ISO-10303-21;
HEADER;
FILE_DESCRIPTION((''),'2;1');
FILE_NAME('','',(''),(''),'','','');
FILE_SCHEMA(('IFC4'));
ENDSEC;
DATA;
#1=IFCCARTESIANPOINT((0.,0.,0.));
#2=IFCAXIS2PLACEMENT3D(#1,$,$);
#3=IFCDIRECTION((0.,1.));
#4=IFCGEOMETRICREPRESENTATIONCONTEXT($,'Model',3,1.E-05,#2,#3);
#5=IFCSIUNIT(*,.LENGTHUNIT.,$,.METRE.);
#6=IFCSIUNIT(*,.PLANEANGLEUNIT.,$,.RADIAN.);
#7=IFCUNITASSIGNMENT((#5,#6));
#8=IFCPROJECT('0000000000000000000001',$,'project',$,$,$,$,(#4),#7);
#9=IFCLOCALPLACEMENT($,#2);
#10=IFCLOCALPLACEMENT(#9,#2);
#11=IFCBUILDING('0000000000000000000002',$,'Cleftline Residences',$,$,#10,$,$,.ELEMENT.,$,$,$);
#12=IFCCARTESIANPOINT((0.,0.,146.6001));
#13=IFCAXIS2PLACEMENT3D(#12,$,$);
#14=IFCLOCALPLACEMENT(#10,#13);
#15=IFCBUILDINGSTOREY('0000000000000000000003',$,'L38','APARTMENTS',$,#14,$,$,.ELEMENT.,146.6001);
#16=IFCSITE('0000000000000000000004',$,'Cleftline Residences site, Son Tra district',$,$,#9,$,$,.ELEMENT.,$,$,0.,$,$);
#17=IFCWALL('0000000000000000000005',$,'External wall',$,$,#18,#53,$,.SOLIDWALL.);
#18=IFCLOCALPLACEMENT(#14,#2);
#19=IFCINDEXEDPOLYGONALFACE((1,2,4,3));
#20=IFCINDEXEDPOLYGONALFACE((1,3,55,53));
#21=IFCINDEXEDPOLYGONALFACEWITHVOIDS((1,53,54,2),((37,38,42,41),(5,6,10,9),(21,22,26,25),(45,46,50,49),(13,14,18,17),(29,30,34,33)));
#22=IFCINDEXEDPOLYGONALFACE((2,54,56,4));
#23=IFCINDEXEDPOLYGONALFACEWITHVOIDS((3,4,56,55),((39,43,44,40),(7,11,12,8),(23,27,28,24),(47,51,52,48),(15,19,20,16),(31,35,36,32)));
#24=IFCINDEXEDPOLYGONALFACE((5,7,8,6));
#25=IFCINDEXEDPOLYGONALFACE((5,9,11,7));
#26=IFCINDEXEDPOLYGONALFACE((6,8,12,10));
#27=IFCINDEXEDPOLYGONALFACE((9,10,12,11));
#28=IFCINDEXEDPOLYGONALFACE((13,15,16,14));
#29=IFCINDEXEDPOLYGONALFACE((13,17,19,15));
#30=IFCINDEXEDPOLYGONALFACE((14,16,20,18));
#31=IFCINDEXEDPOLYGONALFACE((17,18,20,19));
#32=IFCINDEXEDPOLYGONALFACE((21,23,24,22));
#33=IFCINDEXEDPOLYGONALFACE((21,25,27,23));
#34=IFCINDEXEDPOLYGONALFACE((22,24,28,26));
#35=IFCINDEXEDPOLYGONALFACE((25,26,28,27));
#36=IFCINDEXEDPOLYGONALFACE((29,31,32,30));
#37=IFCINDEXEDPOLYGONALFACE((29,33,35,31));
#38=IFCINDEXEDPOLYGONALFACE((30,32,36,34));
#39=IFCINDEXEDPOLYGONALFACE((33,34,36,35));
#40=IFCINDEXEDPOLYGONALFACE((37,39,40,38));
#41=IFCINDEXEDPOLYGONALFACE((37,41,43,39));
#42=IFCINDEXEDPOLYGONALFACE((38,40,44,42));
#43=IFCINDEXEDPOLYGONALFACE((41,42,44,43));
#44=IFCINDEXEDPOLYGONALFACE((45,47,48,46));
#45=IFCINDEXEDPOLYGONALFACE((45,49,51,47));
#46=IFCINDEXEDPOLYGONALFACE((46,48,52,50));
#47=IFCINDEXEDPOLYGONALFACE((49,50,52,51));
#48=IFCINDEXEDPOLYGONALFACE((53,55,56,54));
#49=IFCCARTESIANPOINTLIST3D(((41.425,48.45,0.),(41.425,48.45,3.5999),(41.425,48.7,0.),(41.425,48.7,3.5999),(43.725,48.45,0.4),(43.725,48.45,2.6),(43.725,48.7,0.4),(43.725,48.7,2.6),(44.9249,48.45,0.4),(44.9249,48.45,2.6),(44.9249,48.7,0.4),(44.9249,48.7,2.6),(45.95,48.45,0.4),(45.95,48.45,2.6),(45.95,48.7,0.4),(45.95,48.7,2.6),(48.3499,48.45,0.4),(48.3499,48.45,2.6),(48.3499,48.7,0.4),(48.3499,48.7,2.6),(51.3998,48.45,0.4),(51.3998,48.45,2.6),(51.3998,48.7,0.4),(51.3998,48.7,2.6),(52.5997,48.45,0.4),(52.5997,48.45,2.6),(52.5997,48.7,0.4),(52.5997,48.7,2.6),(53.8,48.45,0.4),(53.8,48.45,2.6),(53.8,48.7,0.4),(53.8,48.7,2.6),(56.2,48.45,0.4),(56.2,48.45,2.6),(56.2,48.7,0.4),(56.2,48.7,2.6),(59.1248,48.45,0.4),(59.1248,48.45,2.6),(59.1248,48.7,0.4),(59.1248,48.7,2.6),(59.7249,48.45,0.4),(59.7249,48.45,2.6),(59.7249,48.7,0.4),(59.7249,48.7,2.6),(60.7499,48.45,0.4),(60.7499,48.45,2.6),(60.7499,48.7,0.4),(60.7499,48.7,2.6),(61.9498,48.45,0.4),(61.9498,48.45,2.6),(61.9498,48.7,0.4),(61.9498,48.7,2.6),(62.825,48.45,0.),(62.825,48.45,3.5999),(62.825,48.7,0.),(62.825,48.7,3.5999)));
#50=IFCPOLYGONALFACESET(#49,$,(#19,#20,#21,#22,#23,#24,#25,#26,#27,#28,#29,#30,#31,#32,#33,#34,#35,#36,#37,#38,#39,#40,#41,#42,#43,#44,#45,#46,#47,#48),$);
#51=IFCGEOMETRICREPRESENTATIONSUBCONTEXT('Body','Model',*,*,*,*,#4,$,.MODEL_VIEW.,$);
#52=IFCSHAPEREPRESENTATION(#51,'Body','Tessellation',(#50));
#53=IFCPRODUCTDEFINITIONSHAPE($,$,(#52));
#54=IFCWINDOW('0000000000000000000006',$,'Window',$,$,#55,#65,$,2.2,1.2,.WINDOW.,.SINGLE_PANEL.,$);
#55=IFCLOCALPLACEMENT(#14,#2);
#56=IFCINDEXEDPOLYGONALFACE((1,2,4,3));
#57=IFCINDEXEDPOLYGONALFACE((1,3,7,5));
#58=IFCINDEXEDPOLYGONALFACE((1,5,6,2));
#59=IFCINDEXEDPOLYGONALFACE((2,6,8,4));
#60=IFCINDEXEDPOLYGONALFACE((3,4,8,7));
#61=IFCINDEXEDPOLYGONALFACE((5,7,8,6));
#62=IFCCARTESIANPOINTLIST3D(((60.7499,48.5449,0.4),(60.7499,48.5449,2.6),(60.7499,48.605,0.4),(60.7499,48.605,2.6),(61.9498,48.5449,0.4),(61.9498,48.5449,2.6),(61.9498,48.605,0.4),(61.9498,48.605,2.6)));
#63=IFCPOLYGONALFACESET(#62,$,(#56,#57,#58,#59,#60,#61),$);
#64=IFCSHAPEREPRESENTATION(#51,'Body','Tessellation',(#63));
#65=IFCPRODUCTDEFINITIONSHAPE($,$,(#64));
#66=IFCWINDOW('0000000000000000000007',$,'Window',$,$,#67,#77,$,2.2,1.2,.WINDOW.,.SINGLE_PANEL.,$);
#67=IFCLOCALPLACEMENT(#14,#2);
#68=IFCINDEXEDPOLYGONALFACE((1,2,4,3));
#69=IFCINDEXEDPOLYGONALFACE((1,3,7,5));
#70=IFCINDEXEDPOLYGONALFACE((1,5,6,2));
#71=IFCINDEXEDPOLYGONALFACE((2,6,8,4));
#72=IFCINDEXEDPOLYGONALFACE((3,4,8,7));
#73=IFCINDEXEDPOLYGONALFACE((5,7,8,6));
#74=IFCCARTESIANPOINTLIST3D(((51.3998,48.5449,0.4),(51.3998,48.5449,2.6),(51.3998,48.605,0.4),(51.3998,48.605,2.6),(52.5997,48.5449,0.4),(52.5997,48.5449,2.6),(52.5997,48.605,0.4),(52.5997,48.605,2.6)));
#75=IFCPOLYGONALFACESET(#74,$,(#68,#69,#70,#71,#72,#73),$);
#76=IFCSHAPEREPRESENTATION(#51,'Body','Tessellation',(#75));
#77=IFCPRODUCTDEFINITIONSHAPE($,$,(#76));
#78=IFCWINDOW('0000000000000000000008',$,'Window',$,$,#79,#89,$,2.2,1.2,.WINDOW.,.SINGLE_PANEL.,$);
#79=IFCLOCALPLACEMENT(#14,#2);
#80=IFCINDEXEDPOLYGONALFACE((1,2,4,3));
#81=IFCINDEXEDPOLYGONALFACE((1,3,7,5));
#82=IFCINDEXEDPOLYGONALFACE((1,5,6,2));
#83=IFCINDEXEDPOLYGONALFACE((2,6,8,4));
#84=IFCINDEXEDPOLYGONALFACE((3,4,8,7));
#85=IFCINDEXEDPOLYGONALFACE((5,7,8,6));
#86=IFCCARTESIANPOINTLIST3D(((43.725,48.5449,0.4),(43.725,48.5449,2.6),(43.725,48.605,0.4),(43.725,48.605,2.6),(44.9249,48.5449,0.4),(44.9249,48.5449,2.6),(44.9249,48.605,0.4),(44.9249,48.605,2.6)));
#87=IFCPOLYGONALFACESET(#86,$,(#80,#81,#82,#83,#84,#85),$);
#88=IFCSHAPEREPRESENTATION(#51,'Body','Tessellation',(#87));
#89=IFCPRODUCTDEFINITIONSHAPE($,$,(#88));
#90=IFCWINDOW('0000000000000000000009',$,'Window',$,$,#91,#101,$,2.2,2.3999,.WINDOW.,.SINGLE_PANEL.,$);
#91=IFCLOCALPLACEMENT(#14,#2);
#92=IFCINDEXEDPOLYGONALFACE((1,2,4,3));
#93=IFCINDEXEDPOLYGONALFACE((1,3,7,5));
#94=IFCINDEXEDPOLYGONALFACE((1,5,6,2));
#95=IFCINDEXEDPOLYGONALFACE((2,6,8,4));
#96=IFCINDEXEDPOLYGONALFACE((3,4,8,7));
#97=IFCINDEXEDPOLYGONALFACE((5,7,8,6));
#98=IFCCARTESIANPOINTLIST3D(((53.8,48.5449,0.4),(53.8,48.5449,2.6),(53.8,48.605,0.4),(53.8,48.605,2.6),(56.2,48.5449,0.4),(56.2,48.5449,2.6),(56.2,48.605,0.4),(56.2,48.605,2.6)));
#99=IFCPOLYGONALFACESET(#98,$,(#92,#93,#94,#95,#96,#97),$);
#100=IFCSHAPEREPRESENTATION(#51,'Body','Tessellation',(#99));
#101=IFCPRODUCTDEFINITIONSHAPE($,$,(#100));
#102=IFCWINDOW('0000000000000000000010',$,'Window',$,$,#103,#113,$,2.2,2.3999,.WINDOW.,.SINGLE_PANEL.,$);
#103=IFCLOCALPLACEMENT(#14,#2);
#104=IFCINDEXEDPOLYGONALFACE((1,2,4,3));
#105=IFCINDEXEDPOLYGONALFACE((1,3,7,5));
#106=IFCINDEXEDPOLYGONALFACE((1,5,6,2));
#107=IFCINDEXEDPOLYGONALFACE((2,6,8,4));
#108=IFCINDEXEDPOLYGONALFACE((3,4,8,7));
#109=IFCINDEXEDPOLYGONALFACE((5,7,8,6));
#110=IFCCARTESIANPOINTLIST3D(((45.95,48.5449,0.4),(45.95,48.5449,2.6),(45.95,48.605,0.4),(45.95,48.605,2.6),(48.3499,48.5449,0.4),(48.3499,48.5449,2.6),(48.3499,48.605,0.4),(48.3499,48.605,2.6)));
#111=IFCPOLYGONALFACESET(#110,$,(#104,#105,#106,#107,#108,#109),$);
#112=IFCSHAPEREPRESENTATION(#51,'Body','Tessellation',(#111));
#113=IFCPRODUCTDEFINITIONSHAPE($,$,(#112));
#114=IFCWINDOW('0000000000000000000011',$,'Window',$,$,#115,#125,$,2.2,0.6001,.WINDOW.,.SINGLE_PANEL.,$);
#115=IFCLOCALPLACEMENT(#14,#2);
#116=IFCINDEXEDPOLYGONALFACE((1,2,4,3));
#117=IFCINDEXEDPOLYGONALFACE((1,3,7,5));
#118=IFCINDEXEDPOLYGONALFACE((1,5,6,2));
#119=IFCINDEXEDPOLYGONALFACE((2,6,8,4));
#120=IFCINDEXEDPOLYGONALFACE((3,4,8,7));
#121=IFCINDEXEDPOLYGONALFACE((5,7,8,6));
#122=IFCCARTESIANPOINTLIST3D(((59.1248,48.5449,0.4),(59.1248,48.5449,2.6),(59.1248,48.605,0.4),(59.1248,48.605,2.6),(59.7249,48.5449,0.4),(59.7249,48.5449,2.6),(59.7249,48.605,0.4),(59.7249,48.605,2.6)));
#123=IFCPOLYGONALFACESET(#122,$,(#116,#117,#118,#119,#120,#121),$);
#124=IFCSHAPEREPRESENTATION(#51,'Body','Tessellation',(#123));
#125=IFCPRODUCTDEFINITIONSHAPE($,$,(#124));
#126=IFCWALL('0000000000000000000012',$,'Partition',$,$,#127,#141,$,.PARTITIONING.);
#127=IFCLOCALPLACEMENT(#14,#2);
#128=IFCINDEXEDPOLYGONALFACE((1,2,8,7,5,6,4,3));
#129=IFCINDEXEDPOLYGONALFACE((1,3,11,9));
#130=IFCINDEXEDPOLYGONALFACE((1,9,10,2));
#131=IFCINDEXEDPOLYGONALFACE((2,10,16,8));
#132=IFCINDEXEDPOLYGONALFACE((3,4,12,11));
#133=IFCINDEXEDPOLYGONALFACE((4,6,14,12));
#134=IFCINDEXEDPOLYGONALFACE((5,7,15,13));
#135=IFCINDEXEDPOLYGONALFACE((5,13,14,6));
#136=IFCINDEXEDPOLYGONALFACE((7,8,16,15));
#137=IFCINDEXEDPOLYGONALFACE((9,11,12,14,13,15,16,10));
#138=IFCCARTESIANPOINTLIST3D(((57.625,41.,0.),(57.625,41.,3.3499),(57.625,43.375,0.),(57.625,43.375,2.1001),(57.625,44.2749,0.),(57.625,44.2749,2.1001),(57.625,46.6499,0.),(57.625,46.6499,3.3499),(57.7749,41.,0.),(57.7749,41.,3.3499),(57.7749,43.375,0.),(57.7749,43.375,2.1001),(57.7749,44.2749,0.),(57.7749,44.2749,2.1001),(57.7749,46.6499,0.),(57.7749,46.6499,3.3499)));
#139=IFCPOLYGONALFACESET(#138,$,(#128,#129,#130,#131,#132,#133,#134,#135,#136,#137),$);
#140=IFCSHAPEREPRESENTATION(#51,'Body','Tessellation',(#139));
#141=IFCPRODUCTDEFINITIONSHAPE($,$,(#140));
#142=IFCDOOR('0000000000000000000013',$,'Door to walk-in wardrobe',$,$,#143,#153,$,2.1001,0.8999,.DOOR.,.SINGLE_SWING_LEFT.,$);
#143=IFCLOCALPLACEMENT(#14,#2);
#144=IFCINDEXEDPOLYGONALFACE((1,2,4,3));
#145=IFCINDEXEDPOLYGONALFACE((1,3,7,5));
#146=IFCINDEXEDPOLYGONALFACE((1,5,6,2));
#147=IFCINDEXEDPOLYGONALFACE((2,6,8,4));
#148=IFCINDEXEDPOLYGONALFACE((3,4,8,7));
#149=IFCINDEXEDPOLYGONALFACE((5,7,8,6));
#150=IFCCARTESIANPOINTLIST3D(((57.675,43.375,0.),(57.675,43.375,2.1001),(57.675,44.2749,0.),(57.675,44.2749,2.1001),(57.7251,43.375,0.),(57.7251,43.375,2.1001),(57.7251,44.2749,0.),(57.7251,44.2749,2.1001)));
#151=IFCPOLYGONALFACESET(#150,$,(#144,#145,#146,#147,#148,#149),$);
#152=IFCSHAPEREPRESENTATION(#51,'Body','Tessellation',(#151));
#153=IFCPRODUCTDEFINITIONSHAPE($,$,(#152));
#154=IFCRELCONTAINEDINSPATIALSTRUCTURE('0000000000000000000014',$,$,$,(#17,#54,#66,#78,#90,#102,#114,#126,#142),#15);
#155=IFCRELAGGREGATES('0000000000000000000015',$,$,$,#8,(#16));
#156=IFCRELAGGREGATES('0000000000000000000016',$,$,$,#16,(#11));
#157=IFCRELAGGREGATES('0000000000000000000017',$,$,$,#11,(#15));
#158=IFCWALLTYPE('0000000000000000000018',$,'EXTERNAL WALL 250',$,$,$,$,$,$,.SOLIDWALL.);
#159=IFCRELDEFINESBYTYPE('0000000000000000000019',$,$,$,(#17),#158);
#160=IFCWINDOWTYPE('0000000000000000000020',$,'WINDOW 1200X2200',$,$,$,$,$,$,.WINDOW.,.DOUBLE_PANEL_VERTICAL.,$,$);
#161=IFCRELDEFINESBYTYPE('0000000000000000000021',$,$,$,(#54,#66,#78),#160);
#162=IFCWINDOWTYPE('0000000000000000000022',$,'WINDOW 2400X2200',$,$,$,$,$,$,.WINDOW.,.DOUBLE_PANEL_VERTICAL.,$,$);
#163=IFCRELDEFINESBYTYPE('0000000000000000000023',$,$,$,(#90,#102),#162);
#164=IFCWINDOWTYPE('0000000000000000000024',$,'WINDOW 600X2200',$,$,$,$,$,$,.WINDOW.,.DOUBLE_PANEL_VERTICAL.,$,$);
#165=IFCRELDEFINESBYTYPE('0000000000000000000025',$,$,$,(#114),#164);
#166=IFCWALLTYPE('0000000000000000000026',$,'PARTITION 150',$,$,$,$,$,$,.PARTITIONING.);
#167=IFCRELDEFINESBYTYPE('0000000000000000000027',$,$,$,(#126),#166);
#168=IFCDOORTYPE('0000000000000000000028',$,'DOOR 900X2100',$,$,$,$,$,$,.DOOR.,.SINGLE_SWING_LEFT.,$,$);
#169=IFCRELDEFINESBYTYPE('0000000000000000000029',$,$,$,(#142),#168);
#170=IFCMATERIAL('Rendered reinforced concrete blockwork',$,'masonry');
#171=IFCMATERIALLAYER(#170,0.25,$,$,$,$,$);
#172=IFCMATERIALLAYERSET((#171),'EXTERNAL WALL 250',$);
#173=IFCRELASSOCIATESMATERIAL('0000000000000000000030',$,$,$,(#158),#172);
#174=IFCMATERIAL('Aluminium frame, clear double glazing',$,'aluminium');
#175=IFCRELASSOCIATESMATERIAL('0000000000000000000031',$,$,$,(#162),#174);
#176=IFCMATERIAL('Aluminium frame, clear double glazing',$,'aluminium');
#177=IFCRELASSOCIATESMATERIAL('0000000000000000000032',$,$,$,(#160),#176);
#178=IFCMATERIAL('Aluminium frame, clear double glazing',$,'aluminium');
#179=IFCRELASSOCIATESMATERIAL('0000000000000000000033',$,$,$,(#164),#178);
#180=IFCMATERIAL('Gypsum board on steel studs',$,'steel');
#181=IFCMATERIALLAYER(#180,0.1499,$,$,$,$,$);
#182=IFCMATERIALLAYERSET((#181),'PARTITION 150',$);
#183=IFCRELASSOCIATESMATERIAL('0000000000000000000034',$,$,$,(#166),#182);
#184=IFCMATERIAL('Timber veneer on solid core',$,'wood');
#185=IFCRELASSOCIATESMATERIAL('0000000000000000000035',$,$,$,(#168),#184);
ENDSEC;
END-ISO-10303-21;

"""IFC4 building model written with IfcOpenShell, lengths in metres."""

from ifc_helpers import new_model, si_unit, direction, frame, frame_2d, origin, place, context, subcontext, project, spatial, rectangle, extrude, material, layer, layer_set, type_object, element, fill, save


model = new_model("IFC4")

# Units and contexts
model_context = context("Model", 3, precision=1e-05, world=origin(), true_north=direction((0.0, 1.0)))
body_context = subcontext(model_context, "Body", "Model", "MODEL_VIEW")
ifc_project = project(units=[si_unit("LENGTHUNIT", "METRE"), si_unit("PLANEANGLEUNIT", "RADIAN")], contexts=[model_context])

# Site, building, storey
site_placement = place(None, origin())
site = spatial("IfcSite", under=ifc_project, at=site_placement, Name="Cleftline Residences site, Son Tra district", CompositionType="ELEMENT", RefElevation=0.0)
building_placement = place(site_placement, origin())
building = spatial("IfcBuilding", under=site, at=building_placement, Name="Cleftline Residences", CompositionType="ELEMENT")
storey_placement = place(building_placement, frame((0.0, 0.0, 146.6001)))
storey = spatial("IfcBuildingStorey", under=building, at=storey_placement, Name="L38", Description="APARTMENTS", CompositionType="ELEMENT", Elevation=146.6001)

# Shared definitions
ifc_material_1 = material(Name="Rendered reinforced concrete blockwork", Category="masonry")
ifc_layer_1 = layer(ifc_material_1, 0.25)
ifc_layer_set_1 = layer_set([ifc_layer_1], Name="EXTERNAL WALL 250")
wall_type_1 = type_object("IfcWallType", Name="EXTERNAL WALL 250", PredefinedType="SOLIDWALL", material=ifc_layer_set_1)
ifc_material_2 = material(Name="Aluminium frame, clear double glazing", Category="aluminium")
window_type_1 = type_object("IfcWindowType", Name="WINDOW 2400X2200", PartitioningType="DOUBLE_PANEL_VERTICAL", PredefinedType="WINDOW", material=ifc_material_2)

# Wall, openings, windows
wall_1_placement = place(storey_placement, frame((62.825, 48.575, 0.0), z_axis=(0.0, 0.0, 1.0), x_axis=(-1.0, 0.0, 0.0)))
wall_1 = element("IfcWall", 1, at=wall_1_placement, inside=storey, type_object=wall_type_1, Name="External wall", PredefinedType="SOLIDWALL", context=body_context, shape_type="SweptSolid", body=[
    extrude(rectangle(XDim=21.3999, YDim=0.25, at=frame_2d((10.7, 0.0))), origin(), (0.0, 0.0, 1.0), 3.5999),
])
opening_1_placement = place(wall_1_placement, frame((0.875, 0.0, 0.3999)))
opening_1 = element("IfcOpeningElement", 2, at=opening_1_placement, cuts=wall_1, PredefinedType="OPENING", context=body_context, shape_type="SweptSolid", body=[
    extrude(rectangle(XDim=1.2, YDim=2.2, at=frame_2d((0.6001, 1.1001))), frame((0.0, 0.135, 0.0), z_axis=(0.0, -1.0, 0.0), x_axis=(1.0, 0.0, 0.0)), (0.0, 0.0, 1.0), 0.27),
])
opening_2_placement = place(wall_1_placement, frame((3.1001, 0.0, 0.3999)))
opening_2 = element("IfcOpeningElement", 3, at=opening_2_placement, cuts=wall_1, PredefinedType="OPENING", context=body_context, shape_type="SweptSolid", body=[
    extrude(rectangle(XDim=0.6001, YDim=2.2, at=frame_2d((0.3, 1.1001))), frame((0.0, 0.135, 0.0), z_axis=(0.0, -1.0, 0.0), x_axis=(1.0, 0.0, 0.0)), (0.0, 0.0, 1.0), 0.27),
])
opening_3_placement = place(wall_1_placement, frame((6.625, 0.0, 0.3999)))
opening_3 = element("IfcOpeningElement", 4, at=opening_3_placement, cuts=wall_1, PredefinedType="OPENING", context=body_context, shape_type="SweptSolid", body=[
    extrude(rectangle(XDim=2.3999, YDim=2.2, at=frame_2d((1.2, 1.1001))), frame((0.0, 0.135, 0.0), z_axis=(0.0, -1.0, 0.0), x_axis=(1.0, 0.0, 0.0)), (0.0, 0.0, 1.0), 0.27),
])
opening_4_placement = place(wall_1_placement, frame((10.2251, 0.0, 0.3999)))
opening_4 = element("IfcOpeningElement", 5, at=opening_4_placement, cuts=wall_1, PredefinedType="OPENING", context=body_context, shape_type="SweptSolid", body=[
    extrude(rectangle(XDim=1.2, YDim=2.2, at=frame_2d((0.6001, 1.1001))), frame((0.0, 0.135, 0.0), z_axis=(0.0, -1.0, 0.0), x_axis=(1.0, 0.0, 0.0)), (0.0, 0.0, 1.0), 0.27),
])
opening_5_placement = place(wall_1_placement, frame((14.4751, 0.0, 0.3999)))
opening_5 = element("IfcOpeningElement", 6, at=opening_5_placement, cuts=wall_1, PredefinedType="OPENING", context=body_context, shape_type="SweptSolid", body=[
    extrude(rectangle(XDim=2.3999, YDim=2.2, at=frame_2d((1.2, 1.1001))), frame((0.0, 0.135, 0.0), z_axis=(0.0, -1.0, 0.0), x_axis=(1.0, 0.0, 0.0)), (0.0, 0.0, 1.0), 0.27),
])
opening_6_placement = place(wall_1_placement, frame((17.8999, 0.0, 0.3999)))
opening_6 = element("IfcOpeningElement", 7, at=opening_6_placement, cuts=wall_1, PredefinedType="OPENING", context=body_context, shape_type="SweptSolid", body=[
    extrude(rectangle(XDim=1.2, YDim=2.2, at=frame_2d((0.6001, 1.1001))), frame((0.0, 0.135, 0.0), z_axis=(0.0, -1.0, 0.0), x_axis=(1.0, 0.0, 0.0)), (0.0, 0.0, 1.0), 0.27),
])
ifc_material_3 = material(Name="Aluminium frame, clear double glazing", Category="aluminium")
window_type_2 = type_object("IfcWindowType", Name="WINDOW 1200X2200", PartitioningType="DOUBLE_PANEL_VERTICAL", PredefinedType="WINDOW", material=ifc_material_3)
window_1_placement = place(opening_1_placement, origin())
window_1 = element("IfcWindow", 8, at=window_1_placement, inside=storey, type_object=window_type_2, Name="Window", OverallHeight=2.2, OverallWidth=1.2, PartitioningType="SINGLE_PANEL", PredefinedType="WINDOW", context=body_context, shape_type="SweptSolid", body=[
    extrude(rectangle(XDim=1.2, YDim=2.2, at=frame_2d((0.6001, 1.1001))), frame((0.0, 0.03, 0.0), z_axis=(0.0, -1.0, 0.0), x_axis=(1.0, 0.0, 0.0)), (0.0, 0.0, 1.0), 0.0601),
])
fill(opening_1, window_1)
window_2_placement = place(opening_4_placement, origin())
window_2 = element("IfcWindow", 9, at=window_2_placement, inside=storey, type_object=window_type_2, Name="Window", OverallHeight=2.2, OverallWidth=1.2, PartitioningType="SINGLE_PANEL", PredefinedType="WINDOW", context=body_context, shape_type="SweptSolid", body=[
    extrude(rectangle(XDim=1.2, YDim=2.2, at=frame_2d((0.6001, 1.1001))), frame((0.0, 0.03, 0.0), z_axis=(0.0, -1.0, 0.0), x_axis=(1.0, 0.0, 0.0)), (0.0, 0.0, 1.0), 0.0601),
])
fill(opening_4, window_2)
window_3_placement = place(opening_6_placement, origin())
window_3 = element("IfcWindow", 10, at=window_3_placement, inside=storey, type_object=window_type_2, Name="Window", OverallHeight=2.2, OverallWidth=1.2, PartitioningType="SINGLE_PANEL", PredefinedType="WINDOW", context=body_context, shape_type="SweptSolid", body=[
    extrude(rectangle(XDim=1.2, YDim=2.2, at=frame_2d((0.6001, 1.1001))), frame((0.0, 0.03, 0.0), z_axis=(0.0, -1.0, 0.0), x_axis=(1.0, 0.0, 0.0)), (0.0, 0.0, 1.0), 0.0601),
])
fill(opening_6, window_3)
window_4_placement = place(opening_3_placement, origin())
window_4 = element("IfcWindow", 11, at=window_4_placement, inside=storey, type_object=window_type_1, Name="Window", OverallHeight=2.2, OverallWidth=2.3999, PartitioningType="SINGLE_PANEL", PredefinedType="WINDOW", context=body_context, shape_type="SweptSolid", body=[
    extrude(rectangle(XDim=2.3999, YDim=2.2, at=frame_2d((1.2, 1.1001))), frame((0.0, 0.03, 0.0), z_axis=(0.0, -1.0, 0.0), x_axis=(1.0, 0.0, 0.0)), (0.0, 0.0, 1.0), 0.0601),
])
fill(opening_3, window_4)
window_5_placement = place(opening_5_placement, origin())
window_5 = element("IfcWindow", 12, at=window_5_placement, inside=storey, type_object=window_type_1, Name="Window", OverallHeight=2.2, OverallWidth=2.3999, PartitioningType="SINGLE_PANEL", PredefinedType="WINDOW", context=body_context, shape_type="SweptSolid", body=[
    extrude(rectangle(XDim=2.3999, YDim=2.2, at=frame_2d((1.2, 1.1001))), frame((0.0, 0.03, 0.0), z_axis=(0.0, -1.0, 0.0), x_axis=(1.0, 0.0, 0.0)), (0.0, 0.0, 1.0), 0.0601),
])
fill(opening_5, window_5)
ifc_material_4 = material(Name="Aluminium frame, clear double glazing", Category="aluminium")
window_type_3 = type_object("IfcWindowType", Name="WINDOW 600X2200", PartitioningType="DOUBLE_PANEL_VERTICAL", PredefinedType="WINDOW", material=ifc_material_4)
window_6_placement = place(opening_2_placement, origin())
window_6 = element("IfcWindow", 13, at=window_6_placement, inside=storey, type_object=window_type_3, Name="Window", OverallHeight=2.2, OverallWidth=0.6001, PartitioningType="SINGLE_PANEL", PredefinedType="WINDOW", context=body_context, shape_type="SweptSolid", body=[
    extrude(rectangle(XDim=0.6001, YDim=2.2, at=frame_2d((0.3, 1.1001))), frame((0.0, 0.03, 0.0), z_axis=(0.0, -1.0, 0.0), x_axis=(1.0, 0.0, 0.0)), (0.0, 0.0, 1.0), 0.0601),
])
fill(opening_2, window_6)

# Wall, opening, door
ifc_material_5 = material(Name="Gypsum board on steel studs", Category="steel")
ifc_layer_2 = layer(ifc_material_5, 0.1499)
ifc_layer_set_2 = layer_set([ifc_layer_2], Name="PARTITION 150")
wall_type_2 = type_object("IfcWallType", Name="PARTITION 150", PredefinedType="PARTITIONING", material=ifc_layer_set_2)
wall_2_placement = place(storey_placement, frame((57.7, 41.0, 0.0), z_axis=(0.0, 0.0, 1.0), x_axis=(0.0, 1.0, 0.0)))
wall_2 = element("IfcWall", 14, at=wall_2_placement, inside=storey, type_object=wall_type_2, Name="Partition", PredefinedType="PARTITIONING", context=body_context, shape_type="SweptSolid", body=[
    extrude(rectangle(XDim=5.6499, YDim=0.1499, at=frame_2d((2.825, 0.0))), origin(), (0.0, 0.0, 1.0), 3.3499),
])
opening_7_placement = place(wall_2_placement, frame((2.375, 0.0, 0.0)))
opening_7 = element("IfcOpeningElement", 15, at=opening_7_placement, cuts=wall_2, PredefinedType="OPENING", context=body_context, shape_type="SweptSolid", body=[
    extrude(rectangle(XDim=0.8999, YDim=2.1001, at=frame_2d((0.45, 1.05))), frame((0.0, 0.085, 0.0), z_axis=(0.0, -1.0, 0.0), x_axis=(1.0, 0.0, 0.0)), (0.0, 0.0, 1.0), 0.1699),
])
ifc_material_6 = material(Name="Timber veneer on solid core", Category="wood")
door_type = type_object("IfcDoorType", Name="DOOR 900X2100", OperationType="SINGLE_SWING_LEFT", PredefinedType="DOOR", material=ifc_material_6)
door_placement = place(opening_7_placement, origin())
door = element("IfcDoor", 16, at=door_placement, inside=storey, type_object=door_type, Name="Door to walk-in wardrobe", OperationType="SINGLE_SWING_LEFT", OverallHeight=2.1001, OverallWidth=0.8999, PredefinedType="DOOR", context=body_context, shape_type="SweptSolid", body=[
    extrude(rectangle(XDim=0.8999, YDim=2.1001, at=frame_2d((0.45, 1.05))), frame((0.0, 0.0249, 0.0), z_axis=(0.0, -1.0, 0.0), x_axis=(1.0, 0.0, 0.0)), (0.0, 0.0, 1.0), 0.05),
])
fill(opening_7, door)

save(model, "model.ifc")
